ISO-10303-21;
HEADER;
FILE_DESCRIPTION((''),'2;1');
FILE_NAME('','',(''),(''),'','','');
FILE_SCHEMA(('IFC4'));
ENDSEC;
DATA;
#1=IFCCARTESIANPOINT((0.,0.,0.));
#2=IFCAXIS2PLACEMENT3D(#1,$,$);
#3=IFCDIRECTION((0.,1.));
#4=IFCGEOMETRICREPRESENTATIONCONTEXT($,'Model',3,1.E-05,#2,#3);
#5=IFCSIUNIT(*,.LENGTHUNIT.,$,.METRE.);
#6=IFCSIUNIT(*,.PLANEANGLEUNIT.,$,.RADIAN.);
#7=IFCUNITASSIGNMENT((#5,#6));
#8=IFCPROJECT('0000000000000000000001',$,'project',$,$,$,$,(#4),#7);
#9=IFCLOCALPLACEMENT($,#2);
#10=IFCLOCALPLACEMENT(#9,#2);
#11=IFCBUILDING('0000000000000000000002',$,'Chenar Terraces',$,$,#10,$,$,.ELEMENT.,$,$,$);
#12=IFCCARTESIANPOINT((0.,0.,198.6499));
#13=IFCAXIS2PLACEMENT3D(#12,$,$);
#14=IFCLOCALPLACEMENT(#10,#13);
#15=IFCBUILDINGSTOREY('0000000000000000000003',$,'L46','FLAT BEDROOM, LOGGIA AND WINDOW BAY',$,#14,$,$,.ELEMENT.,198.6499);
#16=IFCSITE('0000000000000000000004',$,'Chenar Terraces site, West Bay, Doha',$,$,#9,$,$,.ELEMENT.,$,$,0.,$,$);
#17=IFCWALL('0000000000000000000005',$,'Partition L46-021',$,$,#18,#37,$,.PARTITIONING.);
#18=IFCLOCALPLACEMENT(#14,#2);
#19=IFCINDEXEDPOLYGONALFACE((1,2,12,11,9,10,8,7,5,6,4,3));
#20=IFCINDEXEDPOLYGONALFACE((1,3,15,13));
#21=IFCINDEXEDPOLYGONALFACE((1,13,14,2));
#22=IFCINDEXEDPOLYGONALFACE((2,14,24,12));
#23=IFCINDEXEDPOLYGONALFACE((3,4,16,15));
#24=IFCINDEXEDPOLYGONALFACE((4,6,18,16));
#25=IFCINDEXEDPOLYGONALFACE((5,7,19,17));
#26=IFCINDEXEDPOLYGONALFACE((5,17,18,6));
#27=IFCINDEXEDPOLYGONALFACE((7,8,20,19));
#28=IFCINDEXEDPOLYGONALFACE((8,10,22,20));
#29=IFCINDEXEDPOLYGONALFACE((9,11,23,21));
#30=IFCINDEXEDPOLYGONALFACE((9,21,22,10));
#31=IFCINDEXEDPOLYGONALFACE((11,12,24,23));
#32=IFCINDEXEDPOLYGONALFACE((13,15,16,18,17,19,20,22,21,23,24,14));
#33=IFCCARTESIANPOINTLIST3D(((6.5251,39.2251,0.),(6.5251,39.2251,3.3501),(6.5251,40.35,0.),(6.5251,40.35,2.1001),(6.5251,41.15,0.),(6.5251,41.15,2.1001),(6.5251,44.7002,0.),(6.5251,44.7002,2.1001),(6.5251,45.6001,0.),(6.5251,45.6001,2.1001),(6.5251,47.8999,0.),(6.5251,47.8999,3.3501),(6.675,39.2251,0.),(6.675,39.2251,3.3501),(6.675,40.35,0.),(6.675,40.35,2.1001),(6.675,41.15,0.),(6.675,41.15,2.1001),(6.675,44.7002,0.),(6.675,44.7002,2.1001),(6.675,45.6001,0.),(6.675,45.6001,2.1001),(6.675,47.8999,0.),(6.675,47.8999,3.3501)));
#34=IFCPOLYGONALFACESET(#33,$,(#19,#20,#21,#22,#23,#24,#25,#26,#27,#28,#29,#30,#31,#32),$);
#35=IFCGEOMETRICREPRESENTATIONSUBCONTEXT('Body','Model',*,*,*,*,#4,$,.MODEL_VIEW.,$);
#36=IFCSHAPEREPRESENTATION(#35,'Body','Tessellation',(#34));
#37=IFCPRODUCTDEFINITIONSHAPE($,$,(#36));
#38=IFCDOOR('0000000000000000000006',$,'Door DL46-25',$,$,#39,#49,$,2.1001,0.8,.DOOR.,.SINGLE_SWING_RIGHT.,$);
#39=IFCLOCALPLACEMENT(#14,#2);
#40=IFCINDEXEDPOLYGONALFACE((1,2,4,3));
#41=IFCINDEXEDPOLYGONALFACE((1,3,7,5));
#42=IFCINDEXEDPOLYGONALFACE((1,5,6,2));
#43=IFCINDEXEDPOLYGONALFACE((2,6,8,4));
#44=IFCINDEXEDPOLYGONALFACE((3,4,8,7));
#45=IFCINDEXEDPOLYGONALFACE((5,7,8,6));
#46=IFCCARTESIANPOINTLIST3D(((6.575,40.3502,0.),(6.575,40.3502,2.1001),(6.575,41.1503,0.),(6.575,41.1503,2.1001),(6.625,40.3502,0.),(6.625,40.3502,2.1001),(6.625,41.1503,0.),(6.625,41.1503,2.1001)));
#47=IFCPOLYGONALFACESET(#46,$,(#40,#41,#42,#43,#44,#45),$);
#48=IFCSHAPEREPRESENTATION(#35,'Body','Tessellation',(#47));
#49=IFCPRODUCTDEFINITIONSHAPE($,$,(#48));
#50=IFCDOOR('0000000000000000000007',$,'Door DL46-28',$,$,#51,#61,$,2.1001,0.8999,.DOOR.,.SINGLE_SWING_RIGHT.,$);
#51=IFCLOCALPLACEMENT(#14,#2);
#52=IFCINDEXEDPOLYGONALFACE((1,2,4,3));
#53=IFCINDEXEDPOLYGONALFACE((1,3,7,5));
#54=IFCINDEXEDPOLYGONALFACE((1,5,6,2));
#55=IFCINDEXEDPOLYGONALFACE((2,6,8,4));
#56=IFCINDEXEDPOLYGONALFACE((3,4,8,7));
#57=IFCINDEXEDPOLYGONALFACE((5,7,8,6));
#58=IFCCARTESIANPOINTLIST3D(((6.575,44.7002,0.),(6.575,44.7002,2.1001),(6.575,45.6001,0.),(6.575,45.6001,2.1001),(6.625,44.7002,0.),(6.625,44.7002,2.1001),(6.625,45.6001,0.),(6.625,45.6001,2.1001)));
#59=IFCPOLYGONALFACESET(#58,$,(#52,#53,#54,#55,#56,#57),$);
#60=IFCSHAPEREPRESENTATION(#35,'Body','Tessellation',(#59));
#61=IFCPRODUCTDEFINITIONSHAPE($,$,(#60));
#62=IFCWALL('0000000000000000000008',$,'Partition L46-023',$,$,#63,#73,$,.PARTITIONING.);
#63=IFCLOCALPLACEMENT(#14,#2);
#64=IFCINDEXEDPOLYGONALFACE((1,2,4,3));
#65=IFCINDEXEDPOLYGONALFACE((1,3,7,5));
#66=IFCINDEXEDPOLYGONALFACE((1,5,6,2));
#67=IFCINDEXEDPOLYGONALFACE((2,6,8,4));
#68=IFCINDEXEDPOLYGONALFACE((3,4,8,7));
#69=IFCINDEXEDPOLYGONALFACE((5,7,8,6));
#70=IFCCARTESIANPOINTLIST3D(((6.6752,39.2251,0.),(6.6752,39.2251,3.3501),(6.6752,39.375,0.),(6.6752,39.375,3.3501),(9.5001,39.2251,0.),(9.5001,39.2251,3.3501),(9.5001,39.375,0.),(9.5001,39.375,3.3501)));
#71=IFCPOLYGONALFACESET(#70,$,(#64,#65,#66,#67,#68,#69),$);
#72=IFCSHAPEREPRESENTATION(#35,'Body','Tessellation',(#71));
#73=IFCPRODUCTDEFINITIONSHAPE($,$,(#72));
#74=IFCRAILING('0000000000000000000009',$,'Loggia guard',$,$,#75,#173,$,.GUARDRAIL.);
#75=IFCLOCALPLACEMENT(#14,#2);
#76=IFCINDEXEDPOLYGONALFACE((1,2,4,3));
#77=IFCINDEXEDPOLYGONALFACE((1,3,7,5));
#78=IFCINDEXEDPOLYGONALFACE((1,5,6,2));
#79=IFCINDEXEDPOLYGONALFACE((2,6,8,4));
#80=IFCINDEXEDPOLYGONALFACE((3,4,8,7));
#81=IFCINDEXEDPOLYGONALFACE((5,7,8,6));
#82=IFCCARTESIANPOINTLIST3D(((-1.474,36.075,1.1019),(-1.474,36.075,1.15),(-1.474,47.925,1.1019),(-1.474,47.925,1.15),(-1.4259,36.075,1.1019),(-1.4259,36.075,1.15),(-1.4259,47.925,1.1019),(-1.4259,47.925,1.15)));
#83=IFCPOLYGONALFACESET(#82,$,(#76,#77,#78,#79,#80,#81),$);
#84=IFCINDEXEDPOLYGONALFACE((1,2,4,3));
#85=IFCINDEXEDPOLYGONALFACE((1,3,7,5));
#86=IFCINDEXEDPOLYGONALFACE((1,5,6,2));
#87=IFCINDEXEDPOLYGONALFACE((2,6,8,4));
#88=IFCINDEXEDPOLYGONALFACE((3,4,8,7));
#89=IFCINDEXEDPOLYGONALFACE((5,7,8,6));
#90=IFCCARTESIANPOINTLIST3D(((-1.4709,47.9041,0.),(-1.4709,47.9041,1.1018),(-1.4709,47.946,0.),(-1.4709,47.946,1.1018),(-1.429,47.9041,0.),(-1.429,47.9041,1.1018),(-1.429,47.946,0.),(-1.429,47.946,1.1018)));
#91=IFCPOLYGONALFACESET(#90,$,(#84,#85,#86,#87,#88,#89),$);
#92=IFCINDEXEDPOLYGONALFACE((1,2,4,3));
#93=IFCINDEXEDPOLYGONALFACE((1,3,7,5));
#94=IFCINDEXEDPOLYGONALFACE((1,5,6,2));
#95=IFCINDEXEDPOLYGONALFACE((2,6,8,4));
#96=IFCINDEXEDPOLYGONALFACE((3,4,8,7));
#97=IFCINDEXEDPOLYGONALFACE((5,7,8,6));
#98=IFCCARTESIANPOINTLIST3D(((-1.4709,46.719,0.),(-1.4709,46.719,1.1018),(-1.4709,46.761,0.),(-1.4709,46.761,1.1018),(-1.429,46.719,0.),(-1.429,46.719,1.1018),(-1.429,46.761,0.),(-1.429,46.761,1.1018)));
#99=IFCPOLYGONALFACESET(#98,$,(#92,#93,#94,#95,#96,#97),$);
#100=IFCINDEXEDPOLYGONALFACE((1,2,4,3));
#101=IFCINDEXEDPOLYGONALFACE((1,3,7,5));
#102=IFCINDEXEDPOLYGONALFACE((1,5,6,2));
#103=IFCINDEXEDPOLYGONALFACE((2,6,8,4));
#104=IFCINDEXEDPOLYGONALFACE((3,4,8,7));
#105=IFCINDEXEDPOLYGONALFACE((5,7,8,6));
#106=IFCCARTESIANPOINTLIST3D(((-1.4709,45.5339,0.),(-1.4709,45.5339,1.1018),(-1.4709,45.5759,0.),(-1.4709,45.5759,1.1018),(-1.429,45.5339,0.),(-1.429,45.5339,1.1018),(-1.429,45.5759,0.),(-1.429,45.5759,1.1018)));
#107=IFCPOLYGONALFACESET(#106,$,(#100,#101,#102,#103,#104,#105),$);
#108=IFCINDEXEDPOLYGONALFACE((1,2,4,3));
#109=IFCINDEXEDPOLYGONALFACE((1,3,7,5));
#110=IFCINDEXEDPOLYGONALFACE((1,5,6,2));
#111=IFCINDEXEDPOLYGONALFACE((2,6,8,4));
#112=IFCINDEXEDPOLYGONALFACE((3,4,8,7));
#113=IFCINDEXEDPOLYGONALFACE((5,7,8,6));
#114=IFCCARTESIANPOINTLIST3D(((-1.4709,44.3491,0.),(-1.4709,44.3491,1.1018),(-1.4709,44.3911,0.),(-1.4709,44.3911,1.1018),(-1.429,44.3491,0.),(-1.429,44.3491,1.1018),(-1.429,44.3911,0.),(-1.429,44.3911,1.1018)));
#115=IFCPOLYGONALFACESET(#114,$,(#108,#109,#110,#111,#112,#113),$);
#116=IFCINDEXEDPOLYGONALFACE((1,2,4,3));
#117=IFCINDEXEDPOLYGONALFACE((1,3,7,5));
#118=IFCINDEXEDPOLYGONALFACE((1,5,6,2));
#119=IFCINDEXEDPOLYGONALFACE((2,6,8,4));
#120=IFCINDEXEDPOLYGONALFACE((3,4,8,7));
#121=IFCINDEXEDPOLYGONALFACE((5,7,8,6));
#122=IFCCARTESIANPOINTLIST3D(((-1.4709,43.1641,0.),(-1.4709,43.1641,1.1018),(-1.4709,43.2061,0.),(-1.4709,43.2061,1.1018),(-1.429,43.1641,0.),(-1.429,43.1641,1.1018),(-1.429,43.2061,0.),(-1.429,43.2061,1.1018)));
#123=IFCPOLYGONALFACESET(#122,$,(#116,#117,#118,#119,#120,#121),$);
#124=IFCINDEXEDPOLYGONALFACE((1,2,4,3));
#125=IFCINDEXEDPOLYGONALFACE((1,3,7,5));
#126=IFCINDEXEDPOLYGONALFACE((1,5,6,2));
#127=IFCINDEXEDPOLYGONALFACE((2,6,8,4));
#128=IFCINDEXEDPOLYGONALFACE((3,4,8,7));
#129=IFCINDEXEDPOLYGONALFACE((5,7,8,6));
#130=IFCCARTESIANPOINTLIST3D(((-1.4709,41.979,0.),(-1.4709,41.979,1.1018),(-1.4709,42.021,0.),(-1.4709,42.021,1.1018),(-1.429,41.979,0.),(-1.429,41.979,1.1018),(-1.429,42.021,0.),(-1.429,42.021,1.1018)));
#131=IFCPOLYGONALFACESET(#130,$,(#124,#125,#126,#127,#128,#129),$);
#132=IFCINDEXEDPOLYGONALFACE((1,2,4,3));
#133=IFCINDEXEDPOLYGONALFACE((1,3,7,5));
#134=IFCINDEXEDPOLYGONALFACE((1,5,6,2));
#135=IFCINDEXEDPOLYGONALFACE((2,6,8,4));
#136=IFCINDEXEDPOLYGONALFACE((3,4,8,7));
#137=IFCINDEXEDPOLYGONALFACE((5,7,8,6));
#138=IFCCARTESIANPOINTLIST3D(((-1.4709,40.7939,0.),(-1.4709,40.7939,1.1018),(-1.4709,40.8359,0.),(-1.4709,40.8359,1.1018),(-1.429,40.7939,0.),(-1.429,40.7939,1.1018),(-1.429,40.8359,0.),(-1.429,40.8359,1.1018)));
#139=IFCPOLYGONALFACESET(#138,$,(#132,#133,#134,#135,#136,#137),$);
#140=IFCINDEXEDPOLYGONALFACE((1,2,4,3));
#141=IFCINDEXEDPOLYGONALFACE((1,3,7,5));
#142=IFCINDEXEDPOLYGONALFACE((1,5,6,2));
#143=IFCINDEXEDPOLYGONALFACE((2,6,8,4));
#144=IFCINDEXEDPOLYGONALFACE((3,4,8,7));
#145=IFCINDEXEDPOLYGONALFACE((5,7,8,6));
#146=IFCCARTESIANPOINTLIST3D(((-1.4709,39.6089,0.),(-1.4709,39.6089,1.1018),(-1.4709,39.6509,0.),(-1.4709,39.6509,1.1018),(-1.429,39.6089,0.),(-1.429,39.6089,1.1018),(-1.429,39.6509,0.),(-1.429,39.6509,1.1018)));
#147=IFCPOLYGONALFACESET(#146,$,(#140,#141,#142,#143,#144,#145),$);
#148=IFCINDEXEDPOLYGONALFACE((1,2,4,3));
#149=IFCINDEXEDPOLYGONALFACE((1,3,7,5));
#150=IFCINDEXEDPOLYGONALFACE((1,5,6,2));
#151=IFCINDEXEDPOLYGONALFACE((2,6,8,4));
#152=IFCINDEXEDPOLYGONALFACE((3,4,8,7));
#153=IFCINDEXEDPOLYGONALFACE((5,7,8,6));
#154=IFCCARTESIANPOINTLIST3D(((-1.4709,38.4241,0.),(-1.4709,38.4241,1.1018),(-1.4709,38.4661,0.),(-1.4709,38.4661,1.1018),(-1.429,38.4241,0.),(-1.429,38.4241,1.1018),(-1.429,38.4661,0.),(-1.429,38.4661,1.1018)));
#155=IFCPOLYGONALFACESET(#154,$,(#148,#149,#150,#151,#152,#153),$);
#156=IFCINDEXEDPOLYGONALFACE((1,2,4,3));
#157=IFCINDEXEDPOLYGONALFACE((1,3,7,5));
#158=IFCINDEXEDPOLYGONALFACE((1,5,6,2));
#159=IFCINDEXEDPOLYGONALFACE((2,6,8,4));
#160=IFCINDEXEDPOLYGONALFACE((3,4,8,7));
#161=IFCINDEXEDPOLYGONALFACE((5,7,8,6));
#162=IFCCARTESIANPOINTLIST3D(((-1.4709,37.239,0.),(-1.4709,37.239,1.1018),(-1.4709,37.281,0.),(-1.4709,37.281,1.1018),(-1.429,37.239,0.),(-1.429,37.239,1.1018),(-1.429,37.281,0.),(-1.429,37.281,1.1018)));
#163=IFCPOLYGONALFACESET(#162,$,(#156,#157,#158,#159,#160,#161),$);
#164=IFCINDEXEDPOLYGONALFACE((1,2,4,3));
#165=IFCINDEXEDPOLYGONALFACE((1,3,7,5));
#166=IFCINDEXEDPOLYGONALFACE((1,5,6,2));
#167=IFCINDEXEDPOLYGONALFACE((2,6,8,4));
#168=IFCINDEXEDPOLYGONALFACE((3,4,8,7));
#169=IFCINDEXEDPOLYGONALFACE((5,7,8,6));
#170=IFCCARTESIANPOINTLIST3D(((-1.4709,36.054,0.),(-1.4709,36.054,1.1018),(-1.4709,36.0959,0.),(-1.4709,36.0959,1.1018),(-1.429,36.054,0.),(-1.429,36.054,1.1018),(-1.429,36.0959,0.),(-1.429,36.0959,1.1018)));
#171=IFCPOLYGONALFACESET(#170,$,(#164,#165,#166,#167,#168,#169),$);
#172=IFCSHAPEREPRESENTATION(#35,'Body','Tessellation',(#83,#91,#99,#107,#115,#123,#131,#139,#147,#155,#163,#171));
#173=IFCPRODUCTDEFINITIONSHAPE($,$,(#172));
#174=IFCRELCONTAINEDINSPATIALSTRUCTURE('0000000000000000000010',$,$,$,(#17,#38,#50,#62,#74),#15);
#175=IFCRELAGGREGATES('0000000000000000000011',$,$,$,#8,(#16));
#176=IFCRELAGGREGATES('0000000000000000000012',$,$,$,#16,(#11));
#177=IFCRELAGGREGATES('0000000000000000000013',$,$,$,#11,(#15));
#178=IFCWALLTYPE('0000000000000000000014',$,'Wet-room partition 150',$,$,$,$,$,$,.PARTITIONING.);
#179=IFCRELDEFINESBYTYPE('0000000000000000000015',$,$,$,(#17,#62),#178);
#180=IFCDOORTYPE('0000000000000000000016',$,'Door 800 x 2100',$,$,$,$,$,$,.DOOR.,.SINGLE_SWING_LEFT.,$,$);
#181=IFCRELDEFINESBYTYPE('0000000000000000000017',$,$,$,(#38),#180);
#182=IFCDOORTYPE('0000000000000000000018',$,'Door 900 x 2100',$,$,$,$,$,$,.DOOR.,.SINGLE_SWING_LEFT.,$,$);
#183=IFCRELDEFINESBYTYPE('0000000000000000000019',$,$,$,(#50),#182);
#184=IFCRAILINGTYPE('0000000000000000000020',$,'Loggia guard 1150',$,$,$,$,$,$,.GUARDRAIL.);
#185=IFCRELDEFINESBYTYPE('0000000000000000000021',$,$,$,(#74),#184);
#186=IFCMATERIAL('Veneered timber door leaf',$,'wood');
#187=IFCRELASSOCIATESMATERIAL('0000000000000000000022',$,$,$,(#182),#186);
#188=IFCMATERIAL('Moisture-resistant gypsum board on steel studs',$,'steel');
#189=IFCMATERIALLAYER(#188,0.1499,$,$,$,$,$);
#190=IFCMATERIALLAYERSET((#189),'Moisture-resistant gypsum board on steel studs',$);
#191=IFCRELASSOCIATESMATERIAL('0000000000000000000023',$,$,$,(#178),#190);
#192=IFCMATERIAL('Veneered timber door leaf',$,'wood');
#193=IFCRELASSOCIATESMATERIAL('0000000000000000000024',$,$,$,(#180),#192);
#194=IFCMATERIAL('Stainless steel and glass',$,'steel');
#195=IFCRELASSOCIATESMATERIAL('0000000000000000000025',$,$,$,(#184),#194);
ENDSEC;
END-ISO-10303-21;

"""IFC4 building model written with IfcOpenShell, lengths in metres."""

from ifc_helpers import new_model, si_unit, direction, frame, frame_2d, origin, origin_2d, place, context, subcontext, project, spatial, rectangle, extrude, material, layer, layer_set, type_object, element, fill, save


model = new_model("IFC4")

# Units and contexts
model_context = context("Model", 3, precision=1e-05, world=origin(), true_north=direction((0.0, 1.0)))
body_context = subcontext(model_context, "Body", "Model", "MODEL_VIEW")
ifc_project = project(units=[si_unit("LENGTHUNIT", "METRE"), si_unit("PLANEANGLEUNIT", "RADIAN")], contexts=[model_context])

# Site, building, storey
site_placement = place(None, origin())
site = spatial("IfcSite", under=ifc_project, at=site_placement, Name="Chenar Terraces site, West Bay, Doha", CompositionType="ELEMENT", RefElevation=0.0)
building_placement = place(site_placement, origin())
building = spatial("IfcBuilding", under=site, at=building_placement, Name="Chenar Terraces", CompositionType="ELEMENT")
storey_placement = place(building_placement, frame((0.0, 0.0, 198.6499)))
storey = spatial("IfcBuildingStorey", under=building, at=storey_placement, Name="L46", Description="FLAT BEDROOM, LOGGIA AND WINDOW BAY", CompositionType="ELEMENT", Elevation=198.6499)

# Shared definitions
ifc_material_1 = material(Name="Veneered timber door leaf", Category="wood")
door_type_1 = type_object("IfcDoorType", Name="Door 900 x 2100", OperationType="SINGLE_SWING_LEFT", PredefinedType="DOOR", material=ifc_material_1)

# Wall, openings, doors
ifc_material_2 = material(Name="Moisture-resistant gypsum board on steel studs", Category="steel")
ifc_layer_1 = layer(ifc_material_2, 0.1499)
ifc_layer_set_1 = layer_set([ifc_layer_1], Name="Moisture-resistant gypsum board on steel studs")
wall_type_1 = type_object("IfcWallType", Name="Wet-room partition 150", PredefinedType="PARTITIONING", material=ifc_layer_set_1)
wall_1_placement = place(storey_placement, frame((6.6001, 39.2251, 0.0), z_axis=(0.0, 0.0, 1.0), x_axis=(0.0, 1.0, 0.0)))
wall_1 = element("IfcWall", 1, at=wall_1_placement, inside=storey, type_object=wall_type_1, Name="Partition L46-021", PredefinedType="PARTITIONING", context=body_context, shape_type="SweptSolid", body=[
    extrude(rectangle(XDim=8.6748, YDim=0.1499, at=frame_2d((4.3374, 0.0))), origin(), (0.0, 0.0, 1.0), 3.3501),
])
opening_1_placement = place(wall_1_placement, frame((1.125, 0.0, 0.0)))
opening_1 = element("IfcOpeningElement", 2, at=opening_1_placement, cuts=wall_1, PredefinedType="OPENING", context=body_context, shape_type="SweptSolid", body=[
    extrude(rectangle(XDim=0.8, YDim=2.1001, at=frame_2d((0.3999, 1.05))), frame((0.0, 0.085, 0.0), z_axis=(0.0, -1.0, 0.0), x_axis=(1.0, 0.0, 0.0)), (0.0, 0.0, 1.0), 0.1699),
])
opening_2_placement = place(wall_1_placement, frame((5.4751, 0.0, 0.0)))
opening_2 = element("IfcOpeningElement", 3, at=opening_2_placement, cuts=wall_1, PredefinedType="OPENING", context=body_context, shape_type="SweptSolid", body=[
    extrude(rectangle(XDim=0.8999, YDim=2.1001, at=frame_2d((0.45, 1.05))), frame((0.0, 0.085, 0.0), z_axis=(0.0, -1.0, 0.0), x_axis=(1.0, 0.0, 0.0)), (0.0, 0.0, 1.0), 0.1699),
])
ifc_material_3 = material(Name="Veneered timber door leaf", Category="wood")
door_type_2 = type_object("IfcDoorType", Name="Door 800 x 2100", OperationType="SINGLE_SWING_LEFT", PredefinedType="DOOR", material=ifc_material_3)
door_1_placement = place(opening_1_placement, frame((0.8, 0.0, 0.0), z_axis=(0.0, 0.0, 1.0), x_axis=(-1.0, 0.0, 0.0)))
door_1 = element("IfcDoor", 4, at=door_1_placement, inside=storey, type_object=door_type_2, Name="Door DL46-25", OperationType="SINGLE_SWING_RIGHT", OverallHeight=2.1001, OverallWidth=0.8, PredefinedType="DOOR", context=body_context, shape_type="SweptSolid", body=[
    extrude(rectangle(XDim=0.8, YDim=2.1001, at=frame_2d((0.3999, 1.05))), frame((0.0, 0.0249, 0.0), z_axis=(0.0, -1.0, 0.0), x_axis=(1.0, 0.0, 0.0)), (0.0, 0.0, 1.0), 0.05),
])
fill(opening_1, door_1)
door_2_placement = place(opening_2_placement, frame((0.8999, 0.0, 0.0), z_axis=(0.0, 0.0, 1.0), x_axis=(-1.0, 0.0, 0.0)))
door_2 = element("IfcDoor", 5, at=door_2_placement, inside=storey, type_object=door_type_1, Name="Door DL46-28", OperationType="SINGLE_SWING_RIGHT", OverallHeight=2.1001, OverallWidth=0.8999, PredefinedType="DOOR", context=body_context, shape_type="SweptSolid", body=[
    extrude(rectangle(XDim=0.8999, YDim=2.1001, at=frame_2d((0.45, 1.05))), frame((0.0, 0.0249, 0.0), z_axis=(0.0, -1.0, 0.0), x_axis=(1.0, 0.0, 0.0)), (0.0, 0.0, 1.0), 0.05),
])
fill(opening_2, door_2)

# Wall
wall_2_placement = place(storey_placement, frame((6.675, 39.3, 0.0), z_axis=(0.0, 0.0, 1.0), x_axis=(1.0, 0.0, 0.0)))
element("IfcWall", 6, at=wall_2_placement, inside=storey, type_object=wall_type_1, Name="Partition L46-023", PredefinedType="PARTITIONING", context=body_context, shape_type="SweptSolid", body=[
    extrude(rectangle(XDim=2.825, YDim=0.1499, at=frame_2d((1.4126, 0.0))), origin(), (0.0, 0.0, 1.0), 3.3501),
])

# Railing
ifc_material_4 = material(Name="Stainless steel and glass", Category="steel")
railing_type = type_object("IfcRailingType", Name="Loggia guard 1150", PredefinedType="GUARDRAIL", material=ifc_material_4)
railing_placement = place(storey_placement, frame((-1.45, 47.925, 0.0)))
element("IfcRailing", 7, at=railing_placement, inside=storey, type_object=railing_type, Name="Loggia guard", PredefinedType="GUARDRAIL", context=body_context, shape_type="SweptSolid", body=[
    extrude(rectangle(XDim=0.0481, YDim=0.0481, at=origin_2d()), frame((0.0, 0.0, 1.126), z_axis=(0.0, -1.0, 0.0), x_axis=(1.0, 0.0, 0.0)), (0.0, 0.0, 1.0), 11.8501),
    extrude(rectangle(XDim=0.042, YDim=0.042, at=origin_2d()), origin(), (0.0, 0.0, 1.0), 1.1018),
    extrude(rectangle(XDim=0.042, YDim=0.042, at=origin_2d()), frame((0.0, -1.1851, 0.0)), (0.0, 0.0, 1.0), 1.1018),
    extrude(rectangle(XDim=0.042, YDim=0.042, at=origin_2d()), frame((0.0, -2.3701, 0.0)), (0.0, 0.0, 1.0), 1.1018),
    extrude(rectangle(XDim=0.042, YDim=0.042, at=origin_2d()), frame((0.0, -3.5549, 0.0)), (0.0, 0.0, 1.0), 1.1018),
    extrude(rectangle(XDim=0.042, YDim=0.042, at=origin_2d()), frame((0.0, -4.74, 0.0)), (0.0, 0.0, 1.0), 1.1018),
    extrude(rectangle(XDim=0.042, YDim=0.042, at=origin_2d()), frame((0.0, -5.925, 0.0)), (0.0, 0.0, 1.0), 1.1018),
    extrude(rectangle(XDim=0.042, YDim=0.042, at=origin_2d()), frame((0.0, -7.1101, 0.0)), (0.0, 0.0, 1.0), 1.1018),
    extrude(rectangle(XDim=0.042, YDim=0.042, at=origin_2d()), frame((0.0, -8.2952, 0.0)), (0.0, 0.0, 1.0), 1.1018),
    extrude(rectangle(XDim=0.042, YDim=0.042, at=origin_2d()), frame((0.0, -9.48, 0.0)), (0.0, 0.0, 1.0), 1.1018),
    extrude(rectangle(XDim=0.042, YDim=0.042, at=origin_2d()), frame((0.0, -10.665, 0.0)), (0.0, 0.0, 1.0), 1.1018),
    extrude(rectangle(XDim=0.042, YDim=0.042, at=origin_2d()), frame((0.0, -11.8501, 0.0)), (0.0, 0.0, 1.0), 1.1018),
])

save(model, "model.ifc")
